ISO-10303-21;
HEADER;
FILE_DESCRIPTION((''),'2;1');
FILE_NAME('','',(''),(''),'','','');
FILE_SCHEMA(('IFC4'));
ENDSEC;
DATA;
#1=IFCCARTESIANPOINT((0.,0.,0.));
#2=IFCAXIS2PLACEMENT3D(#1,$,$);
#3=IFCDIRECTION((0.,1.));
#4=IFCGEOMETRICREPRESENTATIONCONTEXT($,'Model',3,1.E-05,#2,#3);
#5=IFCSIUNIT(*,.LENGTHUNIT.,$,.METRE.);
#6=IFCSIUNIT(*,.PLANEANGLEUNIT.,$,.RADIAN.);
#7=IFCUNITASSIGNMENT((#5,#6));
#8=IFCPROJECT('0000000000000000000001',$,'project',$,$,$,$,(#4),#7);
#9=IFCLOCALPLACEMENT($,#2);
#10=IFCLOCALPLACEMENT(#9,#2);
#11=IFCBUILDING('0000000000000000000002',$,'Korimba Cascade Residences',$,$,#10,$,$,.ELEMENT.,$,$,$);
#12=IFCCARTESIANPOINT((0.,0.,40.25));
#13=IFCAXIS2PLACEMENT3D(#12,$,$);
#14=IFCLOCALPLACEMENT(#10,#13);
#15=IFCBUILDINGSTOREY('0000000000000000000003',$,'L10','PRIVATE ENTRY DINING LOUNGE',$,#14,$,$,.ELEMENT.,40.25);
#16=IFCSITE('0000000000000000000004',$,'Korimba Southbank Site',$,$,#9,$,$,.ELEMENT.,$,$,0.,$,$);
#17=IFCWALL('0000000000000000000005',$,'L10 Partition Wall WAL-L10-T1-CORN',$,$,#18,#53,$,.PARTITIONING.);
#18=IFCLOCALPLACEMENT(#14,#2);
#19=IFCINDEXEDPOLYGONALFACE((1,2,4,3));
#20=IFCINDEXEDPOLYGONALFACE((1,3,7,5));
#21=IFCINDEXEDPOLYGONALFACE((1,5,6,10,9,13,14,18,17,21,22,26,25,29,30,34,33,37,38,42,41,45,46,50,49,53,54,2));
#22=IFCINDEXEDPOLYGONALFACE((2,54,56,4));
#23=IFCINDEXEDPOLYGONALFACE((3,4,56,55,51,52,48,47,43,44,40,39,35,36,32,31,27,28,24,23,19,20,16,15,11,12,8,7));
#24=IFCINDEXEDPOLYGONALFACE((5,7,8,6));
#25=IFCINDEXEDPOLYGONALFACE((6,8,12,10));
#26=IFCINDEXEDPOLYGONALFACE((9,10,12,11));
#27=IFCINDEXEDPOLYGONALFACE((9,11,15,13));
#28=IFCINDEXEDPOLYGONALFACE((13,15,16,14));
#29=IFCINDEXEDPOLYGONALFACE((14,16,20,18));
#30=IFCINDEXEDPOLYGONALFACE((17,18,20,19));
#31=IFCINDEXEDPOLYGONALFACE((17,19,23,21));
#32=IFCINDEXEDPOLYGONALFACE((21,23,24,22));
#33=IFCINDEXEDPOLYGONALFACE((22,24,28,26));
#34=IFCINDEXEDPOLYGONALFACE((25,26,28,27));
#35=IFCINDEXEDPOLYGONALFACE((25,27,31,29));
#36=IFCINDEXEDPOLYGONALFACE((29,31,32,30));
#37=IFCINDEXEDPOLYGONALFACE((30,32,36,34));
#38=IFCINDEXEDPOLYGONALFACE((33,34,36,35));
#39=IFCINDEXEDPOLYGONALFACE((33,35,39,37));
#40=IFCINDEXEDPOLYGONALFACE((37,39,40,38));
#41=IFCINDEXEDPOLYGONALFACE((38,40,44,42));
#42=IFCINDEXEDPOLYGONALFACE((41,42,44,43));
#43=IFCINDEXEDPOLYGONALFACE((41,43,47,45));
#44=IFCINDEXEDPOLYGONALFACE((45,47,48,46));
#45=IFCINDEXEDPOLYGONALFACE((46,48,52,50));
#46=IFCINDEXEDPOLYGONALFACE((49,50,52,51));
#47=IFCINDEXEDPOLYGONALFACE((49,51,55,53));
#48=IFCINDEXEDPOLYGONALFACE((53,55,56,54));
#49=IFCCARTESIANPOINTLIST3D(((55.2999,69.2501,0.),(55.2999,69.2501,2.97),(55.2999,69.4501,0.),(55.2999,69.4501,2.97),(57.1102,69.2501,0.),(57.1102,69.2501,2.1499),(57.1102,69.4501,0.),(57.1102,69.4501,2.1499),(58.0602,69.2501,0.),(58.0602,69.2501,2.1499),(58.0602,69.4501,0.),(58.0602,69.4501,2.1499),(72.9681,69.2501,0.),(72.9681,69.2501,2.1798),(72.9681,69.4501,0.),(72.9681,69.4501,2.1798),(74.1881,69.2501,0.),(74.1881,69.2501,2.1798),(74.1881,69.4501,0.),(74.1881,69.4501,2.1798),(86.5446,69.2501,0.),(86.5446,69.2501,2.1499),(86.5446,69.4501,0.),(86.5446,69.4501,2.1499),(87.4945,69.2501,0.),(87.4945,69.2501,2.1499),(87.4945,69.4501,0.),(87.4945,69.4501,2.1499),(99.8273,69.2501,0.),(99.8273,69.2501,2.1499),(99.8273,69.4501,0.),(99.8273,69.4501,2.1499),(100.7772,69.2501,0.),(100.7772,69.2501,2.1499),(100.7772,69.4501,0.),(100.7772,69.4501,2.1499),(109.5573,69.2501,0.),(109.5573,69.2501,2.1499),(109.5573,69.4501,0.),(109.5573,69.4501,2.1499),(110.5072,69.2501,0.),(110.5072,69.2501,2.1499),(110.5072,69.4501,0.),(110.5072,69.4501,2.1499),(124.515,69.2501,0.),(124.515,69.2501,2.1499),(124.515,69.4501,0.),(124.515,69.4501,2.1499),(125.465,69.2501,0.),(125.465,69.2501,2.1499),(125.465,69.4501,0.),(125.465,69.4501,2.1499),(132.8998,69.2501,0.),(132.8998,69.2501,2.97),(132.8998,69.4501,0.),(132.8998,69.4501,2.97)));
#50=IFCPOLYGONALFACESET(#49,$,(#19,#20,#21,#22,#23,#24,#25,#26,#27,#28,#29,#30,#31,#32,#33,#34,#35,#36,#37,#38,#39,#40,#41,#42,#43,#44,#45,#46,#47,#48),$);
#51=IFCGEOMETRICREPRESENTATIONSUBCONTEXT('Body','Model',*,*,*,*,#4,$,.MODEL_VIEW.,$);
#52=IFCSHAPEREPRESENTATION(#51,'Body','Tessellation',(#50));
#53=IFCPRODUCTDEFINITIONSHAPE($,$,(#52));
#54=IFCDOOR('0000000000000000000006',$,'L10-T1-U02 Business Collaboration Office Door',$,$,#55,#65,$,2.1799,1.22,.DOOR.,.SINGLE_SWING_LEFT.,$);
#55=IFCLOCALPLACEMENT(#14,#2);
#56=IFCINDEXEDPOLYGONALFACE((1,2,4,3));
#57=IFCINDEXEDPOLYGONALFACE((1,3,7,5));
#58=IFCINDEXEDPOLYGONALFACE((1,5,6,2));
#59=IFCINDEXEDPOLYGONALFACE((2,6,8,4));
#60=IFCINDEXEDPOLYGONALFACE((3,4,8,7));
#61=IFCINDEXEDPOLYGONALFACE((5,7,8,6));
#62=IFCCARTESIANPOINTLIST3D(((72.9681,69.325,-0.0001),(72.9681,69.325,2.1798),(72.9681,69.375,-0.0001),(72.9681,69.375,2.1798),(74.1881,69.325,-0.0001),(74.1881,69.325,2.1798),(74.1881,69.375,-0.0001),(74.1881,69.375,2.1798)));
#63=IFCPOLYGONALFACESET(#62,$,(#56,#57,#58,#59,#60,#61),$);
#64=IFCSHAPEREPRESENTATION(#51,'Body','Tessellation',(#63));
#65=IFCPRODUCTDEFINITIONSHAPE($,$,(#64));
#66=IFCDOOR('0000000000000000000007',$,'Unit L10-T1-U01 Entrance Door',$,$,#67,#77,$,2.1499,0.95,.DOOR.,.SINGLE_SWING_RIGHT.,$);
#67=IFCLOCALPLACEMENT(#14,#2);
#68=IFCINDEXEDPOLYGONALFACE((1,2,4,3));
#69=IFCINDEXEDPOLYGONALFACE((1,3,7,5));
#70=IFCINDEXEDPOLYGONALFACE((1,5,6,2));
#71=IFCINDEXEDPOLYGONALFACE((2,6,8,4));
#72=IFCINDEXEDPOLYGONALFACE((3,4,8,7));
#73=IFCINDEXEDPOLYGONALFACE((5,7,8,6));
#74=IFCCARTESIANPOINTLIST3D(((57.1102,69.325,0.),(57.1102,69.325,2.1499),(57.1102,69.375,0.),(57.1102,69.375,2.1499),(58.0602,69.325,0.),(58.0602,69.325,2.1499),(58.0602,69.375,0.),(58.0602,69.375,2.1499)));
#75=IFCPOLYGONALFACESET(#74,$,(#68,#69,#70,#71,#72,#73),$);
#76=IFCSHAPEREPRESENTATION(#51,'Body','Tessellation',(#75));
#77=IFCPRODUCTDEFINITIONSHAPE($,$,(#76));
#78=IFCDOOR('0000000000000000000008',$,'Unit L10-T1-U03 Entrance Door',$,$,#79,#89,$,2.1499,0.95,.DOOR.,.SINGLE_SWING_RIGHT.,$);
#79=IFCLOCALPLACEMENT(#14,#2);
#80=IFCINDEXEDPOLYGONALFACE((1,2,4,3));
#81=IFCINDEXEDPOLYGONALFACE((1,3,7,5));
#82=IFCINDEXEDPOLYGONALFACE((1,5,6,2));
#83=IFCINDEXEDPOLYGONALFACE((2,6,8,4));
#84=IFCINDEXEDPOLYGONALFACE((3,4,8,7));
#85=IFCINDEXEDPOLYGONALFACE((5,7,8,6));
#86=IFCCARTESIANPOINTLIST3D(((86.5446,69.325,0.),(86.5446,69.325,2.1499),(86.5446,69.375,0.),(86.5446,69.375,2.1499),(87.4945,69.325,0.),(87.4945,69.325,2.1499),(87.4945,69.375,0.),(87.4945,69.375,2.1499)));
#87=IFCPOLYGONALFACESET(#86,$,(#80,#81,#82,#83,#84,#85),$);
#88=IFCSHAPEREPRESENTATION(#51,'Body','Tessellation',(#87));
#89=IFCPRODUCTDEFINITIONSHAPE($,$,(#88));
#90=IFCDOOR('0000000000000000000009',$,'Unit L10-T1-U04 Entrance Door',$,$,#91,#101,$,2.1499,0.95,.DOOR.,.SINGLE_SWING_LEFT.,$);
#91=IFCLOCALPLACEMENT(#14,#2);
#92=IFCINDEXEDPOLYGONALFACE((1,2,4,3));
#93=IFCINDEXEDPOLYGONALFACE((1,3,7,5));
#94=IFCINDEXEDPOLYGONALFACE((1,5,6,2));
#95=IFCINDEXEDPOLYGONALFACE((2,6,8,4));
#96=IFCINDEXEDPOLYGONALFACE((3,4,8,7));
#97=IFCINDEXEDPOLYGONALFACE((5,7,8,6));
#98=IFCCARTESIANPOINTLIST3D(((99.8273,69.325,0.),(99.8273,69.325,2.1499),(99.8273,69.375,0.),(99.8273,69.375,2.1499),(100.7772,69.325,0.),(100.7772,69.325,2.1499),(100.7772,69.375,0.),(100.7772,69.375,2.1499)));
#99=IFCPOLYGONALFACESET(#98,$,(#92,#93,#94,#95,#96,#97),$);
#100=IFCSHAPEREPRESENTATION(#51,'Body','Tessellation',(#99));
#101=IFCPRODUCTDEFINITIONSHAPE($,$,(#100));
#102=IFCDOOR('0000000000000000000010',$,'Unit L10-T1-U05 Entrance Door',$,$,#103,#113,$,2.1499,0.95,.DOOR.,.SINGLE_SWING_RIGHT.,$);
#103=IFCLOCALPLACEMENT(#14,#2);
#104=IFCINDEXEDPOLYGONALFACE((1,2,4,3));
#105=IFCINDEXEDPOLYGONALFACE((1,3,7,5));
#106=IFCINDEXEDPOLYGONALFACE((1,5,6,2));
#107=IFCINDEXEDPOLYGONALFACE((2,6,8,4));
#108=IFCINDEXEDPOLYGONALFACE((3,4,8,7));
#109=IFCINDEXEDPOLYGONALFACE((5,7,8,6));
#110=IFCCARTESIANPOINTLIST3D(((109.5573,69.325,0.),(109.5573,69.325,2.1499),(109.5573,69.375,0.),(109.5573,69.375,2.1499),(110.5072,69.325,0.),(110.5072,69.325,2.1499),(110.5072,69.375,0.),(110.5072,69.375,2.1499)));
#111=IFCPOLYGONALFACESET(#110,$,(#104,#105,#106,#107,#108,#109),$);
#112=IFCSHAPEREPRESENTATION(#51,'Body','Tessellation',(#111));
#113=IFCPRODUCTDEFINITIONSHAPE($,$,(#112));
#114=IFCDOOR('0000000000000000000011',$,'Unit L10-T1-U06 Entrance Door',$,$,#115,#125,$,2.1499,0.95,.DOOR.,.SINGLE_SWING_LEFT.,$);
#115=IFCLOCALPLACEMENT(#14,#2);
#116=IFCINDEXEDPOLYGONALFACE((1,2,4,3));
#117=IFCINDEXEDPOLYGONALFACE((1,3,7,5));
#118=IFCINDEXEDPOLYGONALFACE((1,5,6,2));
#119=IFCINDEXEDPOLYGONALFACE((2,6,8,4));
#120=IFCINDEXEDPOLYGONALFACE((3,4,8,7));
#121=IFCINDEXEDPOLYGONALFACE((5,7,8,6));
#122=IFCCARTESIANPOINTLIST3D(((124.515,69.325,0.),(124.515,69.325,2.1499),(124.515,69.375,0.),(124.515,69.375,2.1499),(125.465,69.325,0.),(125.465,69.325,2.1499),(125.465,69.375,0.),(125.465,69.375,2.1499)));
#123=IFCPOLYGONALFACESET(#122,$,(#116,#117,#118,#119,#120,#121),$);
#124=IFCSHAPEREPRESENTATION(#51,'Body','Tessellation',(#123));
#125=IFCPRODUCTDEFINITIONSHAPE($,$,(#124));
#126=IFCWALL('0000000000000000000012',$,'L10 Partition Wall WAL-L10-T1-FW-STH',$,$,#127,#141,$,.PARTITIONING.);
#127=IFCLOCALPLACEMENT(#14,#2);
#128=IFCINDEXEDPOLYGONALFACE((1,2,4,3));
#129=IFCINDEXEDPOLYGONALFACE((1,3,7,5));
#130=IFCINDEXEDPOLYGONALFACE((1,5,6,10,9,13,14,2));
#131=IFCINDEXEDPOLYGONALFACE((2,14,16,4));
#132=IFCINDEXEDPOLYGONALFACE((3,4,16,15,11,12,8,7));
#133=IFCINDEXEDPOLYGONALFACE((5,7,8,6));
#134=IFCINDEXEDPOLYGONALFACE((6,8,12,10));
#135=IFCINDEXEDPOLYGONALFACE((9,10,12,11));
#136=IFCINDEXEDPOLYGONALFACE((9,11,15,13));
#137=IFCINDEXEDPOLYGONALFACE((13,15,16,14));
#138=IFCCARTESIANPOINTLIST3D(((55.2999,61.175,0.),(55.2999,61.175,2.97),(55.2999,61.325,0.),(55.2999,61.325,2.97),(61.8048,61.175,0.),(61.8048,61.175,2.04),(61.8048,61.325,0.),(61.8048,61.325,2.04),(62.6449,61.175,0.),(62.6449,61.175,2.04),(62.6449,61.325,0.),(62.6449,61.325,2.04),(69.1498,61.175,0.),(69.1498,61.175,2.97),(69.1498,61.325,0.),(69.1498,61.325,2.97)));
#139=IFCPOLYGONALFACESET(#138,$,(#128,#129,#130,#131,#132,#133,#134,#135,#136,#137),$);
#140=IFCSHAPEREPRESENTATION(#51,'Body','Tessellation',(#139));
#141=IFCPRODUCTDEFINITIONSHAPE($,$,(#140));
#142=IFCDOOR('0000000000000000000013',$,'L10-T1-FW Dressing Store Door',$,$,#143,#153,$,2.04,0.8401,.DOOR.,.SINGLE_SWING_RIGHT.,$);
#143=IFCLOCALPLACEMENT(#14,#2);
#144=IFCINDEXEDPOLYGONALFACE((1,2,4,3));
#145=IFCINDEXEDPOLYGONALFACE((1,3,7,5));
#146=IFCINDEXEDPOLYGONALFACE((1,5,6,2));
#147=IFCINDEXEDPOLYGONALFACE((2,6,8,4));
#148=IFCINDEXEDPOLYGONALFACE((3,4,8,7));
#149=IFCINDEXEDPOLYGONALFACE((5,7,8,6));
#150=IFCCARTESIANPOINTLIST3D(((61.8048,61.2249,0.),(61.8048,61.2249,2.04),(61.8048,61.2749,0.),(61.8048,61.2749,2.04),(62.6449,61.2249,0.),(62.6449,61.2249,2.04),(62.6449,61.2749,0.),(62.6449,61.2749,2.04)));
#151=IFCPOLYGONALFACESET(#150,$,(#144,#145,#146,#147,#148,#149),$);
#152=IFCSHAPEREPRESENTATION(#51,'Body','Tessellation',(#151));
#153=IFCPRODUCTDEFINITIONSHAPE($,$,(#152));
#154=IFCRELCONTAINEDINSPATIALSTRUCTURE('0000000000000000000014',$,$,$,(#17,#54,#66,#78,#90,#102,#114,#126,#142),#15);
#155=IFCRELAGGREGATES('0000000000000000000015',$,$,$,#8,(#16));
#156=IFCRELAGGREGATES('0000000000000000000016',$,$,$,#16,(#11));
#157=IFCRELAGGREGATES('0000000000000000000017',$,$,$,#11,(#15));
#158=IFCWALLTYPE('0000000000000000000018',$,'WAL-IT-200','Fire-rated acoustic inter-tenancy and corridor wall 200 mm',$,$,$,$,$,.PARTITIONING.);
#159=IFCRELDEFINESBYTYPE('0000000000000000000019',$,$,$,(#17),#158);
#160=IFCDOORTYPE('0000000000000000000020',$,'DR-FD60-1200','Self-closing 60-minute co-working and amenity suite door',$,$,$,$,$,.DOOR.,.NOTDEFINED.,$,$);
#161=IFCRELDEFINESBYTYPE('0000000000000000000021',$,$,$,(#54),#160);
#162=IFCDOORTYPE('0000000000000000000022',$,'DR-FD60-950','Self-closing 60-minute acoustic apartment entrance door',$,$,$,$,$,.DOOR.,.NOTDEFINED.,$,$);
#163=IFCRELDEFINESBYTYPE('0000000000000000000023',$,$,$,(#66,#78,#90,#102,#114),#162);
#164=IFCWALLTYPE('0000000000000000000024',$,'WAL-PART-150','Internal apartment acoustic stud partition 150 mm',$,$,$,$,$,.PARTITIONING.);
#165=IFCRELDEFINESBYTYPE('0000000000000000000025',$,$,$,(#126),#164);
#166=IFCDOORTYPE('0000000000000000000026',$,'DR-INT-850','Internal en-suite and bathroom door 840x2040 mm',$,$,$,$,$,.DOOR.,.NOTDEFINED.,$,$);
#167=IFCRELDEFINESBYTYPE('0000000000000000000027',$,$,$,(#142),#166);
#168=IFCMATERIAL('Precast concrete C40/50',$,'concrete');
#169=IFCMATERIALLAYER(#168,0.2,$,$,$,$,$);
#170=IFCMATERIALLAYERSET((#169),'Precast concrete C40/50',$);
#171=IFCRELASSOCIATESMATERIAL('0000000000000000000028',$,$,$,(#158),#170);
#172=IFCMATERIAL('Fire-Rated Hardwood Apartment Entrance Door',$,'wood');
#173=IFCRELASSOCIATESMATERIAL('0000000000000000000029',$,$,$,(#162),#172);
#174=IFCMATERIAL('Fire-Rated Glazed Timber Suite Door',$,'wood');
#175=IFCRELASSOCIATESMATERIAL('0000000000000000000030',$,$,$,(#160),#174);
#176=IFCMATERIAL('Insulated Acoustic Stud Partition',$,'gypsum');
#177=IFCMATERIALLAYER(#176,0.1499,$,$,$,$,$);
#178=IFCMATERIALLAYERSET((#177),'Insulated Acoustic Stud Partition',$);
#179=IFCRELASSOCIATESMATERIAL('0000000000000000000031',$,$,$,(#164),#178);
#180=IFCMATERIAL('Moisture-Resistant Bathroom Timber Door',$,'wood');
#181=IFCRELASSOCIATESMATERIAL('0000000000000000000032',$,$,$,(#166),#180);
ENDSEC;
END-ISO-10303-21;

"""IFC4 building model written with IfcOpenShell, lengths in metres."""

from ifc_helpers import new_model, si_unit, direction, frame, frame_2d, origin, place, context, subcontext, project, spatial, rectangle, extrude, material, layer, layer_set, type_object, element, fill, save


model = new_model("IFC4")

# Units and contexts
model_context = context("Model", 3, precision=1e-05, world=origin(), true_north=direction((0.0, 1.0)))
body_context = subcontext(model_context, "Body", "Model", "MODEL_VIEW")
ifc_project = project(units=[si_unit("LENGTHUNIT", "METRE"), si_unit("PLANEANGLEUNIT", "RADIAN")], contexts=[model_context])

# Site, building, storey
site_placement = place(None, origin())
site = spatial("IfcSite", under=ifc_project, at=site_placement, Name="Korimba Southbank Site", CompositionType="ELEMENT", RefElevation=0.0)
building_placement = place(site_placement, origin())
building = spatial("IfcBuilding", under=site, at=building_placement, Name="Korimba Cascade Residences", CompositionType="ELEMENT")
storey_placement = place(building_placement, frame((0.0, 0.0, 40.25)))
storey = spatial("IfcBuildingStorey", under=building, at=storey_placement, Name="L10", Description="PRIVATE ENTRY DINING LOUNGE", CompositionType="ELEMENT", Elevation=40.25)

# Shared definitions
ifc_material_1 = material(Name="Precast concrete C40/50", Category="concrete")
ifc_layer_1 = layer(ifc_material_1, 0.2)
ifc_layer_set_1 = layer_set([ifc_layer_1], Name="Precast concrete C40/50")
wall_type_1 = type_object("IfcWallType", Name="WAL-IT-200", Description="Fire-rated acoustic inter-tenancy and corridor wall 200 mm", PredefinedType="PARTITIONING", material=ifc_layer_set_1)
ifc_material_2 = material(Name="Fire-Rated Hardwood Apartment Entrance Door", Category="wood")
door_type_1 = type_object("IfcDoorType", Name="DR-FD60-950", Description="Self-closing 60-minute acoustic apartment entrance door", OperationType="NOTDEFINED", PredefinedType="DOOR", material=ifc_material_2)

# Wall, openings, doors
wall_1_placement = place(storey_placement, frame((55.3, 69.3501, 0.0), z_axis=(0.0, 0.0, 1.0), x_axis=(1.0, 0.0, 0.0)))
wall_1 = element("IfcWall", 1, at=wall_1_placement, inside=storey, type_object=wall_type_1, Name="L10 Partition Wall WAL-L10-T1-CORN", PredefinedType="PARTITIONING", context=body_context, shape_type="SweptSolid", body=[
    extrude(rectangle(XDim=77.5999, YDim=0.2, at=frame_2d((38.7998, 0.0))), origin(), (0.0, 0.0, 1.0), 2.97),
])
opening_1_placement = place(wall_1_placement, frame((1.8101, 0.0, 0.0)))
opening_1 = element("IfcOpeningElement", 2, at=opening_1_placement, cuts=wall_1, PredefinedType="OPENING", context=body_context, shape_type="SweptSolid", body=[
    extrude(rectangle(XDim=0.95, YDim=2.1499, at=frame_2d((0.4751, 1.075))), frame((0.0, 0.1099, 0.0), z_axis=(0.0, -1.0, 0.0), x_axis=(1.0, 0.0, 0.0)), (0.0, 0.0, 1.0), 0.22),
])
opening_2_placement = place(wall_1_placement, frame((17.6682, 0.0, 0.0)))
opening_2 = element("IfcOpeningElement", 3, at=opening_2_placement, cuts=wall_1, PredefinedType="OPENING", context=body_context, shape_type="SweptSolid", body=[
    extrude(rectangle(XDim=1.22, YDim=2.1799, at=frame_2d((0.6099, 1.0898))), frame((0.0, 0.1099, 0.0), z_axis=(0.0, -1.0, 0.0), x_axis=(1.0, 0.0, 0.0)), (0.0, 0.0, 1.0), 0.22),
])
opening_3_placement = place(wall_1_placement, frame((31.2444, 0.0, 0.0)))
opening_3 = element("IfcOpeningElement", 4, at=opening_3_placement, cuts=wall_1, PredefinedType="OPENING", context=body_context, shape_type="SweptSolid", body=[
    extrude(rectangle(XDim=0.95, YDim=2.1499, at=frame_2d((0.4751, 1.075))), frame((0.0, 0.1099, 0.0), z_axis=(0.0, -1.0, 0.0), x_axis=(1.0, 0.0, 0.0)), (0.0, 0.0, 1.0), 0.22),
])
opening_4_placement = place(wall_1_placement, frame((44.5271, 0.0, 0.0)))
opening_4 = element("IfcOpeningElement", 5, at=opening_4_placement, cuts=wall_1, PredefinedType="OPENING", context=body_context, shape_type="SweptSolid", body=[
    extrude(rectangle(XDim=0.95, YDim=2.1499, at=frame_2d((0.4751, 1.075))), frame((0.0, 0.1099, 0.0), z_axis=(0.0, -1.0, 0.0), x_axis=(1.0, 0.0, 0.0)), (0.0, 0.0, 1.0), 0.22),
])
opening_5_placement = place(wall_1_placement, frame((54.2571, 0.0, 0.0)))
opening_5 = element("IfcOpeningElement", 6, at=opening_5_placement, cuts=wall_1, PredefinedType="OPENING", context=body_context, shape_type="SweptSolid", body=[
    extrude(rectangle(XDim=0.95, YDim=2.1499, at=frame_2d((0.4751, 1.075))), frame((0.0, 0.1099, 0.0), z_axis=(0.0, -1.0, 0.0), x_axis=(1.0, 0.0, 0.0)), (0.0, 0.0, 1.0), 0.22),
])
opening_6_placement = place(wall_1_placement, frame((69.2148, 0.0, 0.0)))
opening_6 = element("IfcOpeningElement", 7, at=opening_6_placement, cuts=wall_1, PredefinedType="OPENING", context=body_context, shape_type="SweptSolid", body=[
    extrude(rectangle(XDim=0.95, YDim=2.1499, at=frame_2d((0.4751, 1.075))), frame((0.0, 0.1099, 0.0), z_axis=(0.0, -1.0, 0.0), x_axis=(1.0, 0.0, 0.0)), (0.0, 0.0, 1.0), 0.22),
])
ifc_material_3 = material(Name="Fire-Rated Glazed Timber Suite Door", Category="wood")
door_type_2 = type_object("IfcDoorType", Name="DR-FD60-1200", Description="Self-closing 60-minute co-working and amenity suite door", OperationType="NOTDEFINED", PredefinedType="DOOR", material=ifc_material_3)
door_1_placement = place(opening_2_placement, origin())
door_1 = element("IfcDoor", 8, at=door_1_placement, inside=storey, type_object=door_type_2, Name="L10-T1-U02 Business Collaboration Office Door", OperationType="SINGLE_SWING_LEFT", OverallHeight=2.1799, OverallWidth=1.22, PredefinedType="DOOR", context=body_context, shape_type="SweptSolid", body=[
    extrude(rectangle(XDim=1.22, YDim=2.1799, at=frame_2d((0.6099, 1.0898))), frame((0.0, 0.0249, 0.0), z_axis=(0.0, -1.0, 0.0), x_axis=(1.0, 0.0, 0.0)), (0.0, 0.0, 1.0), 0.05),
])
fill(opening_2, door_1)
door_2_placement = place(opening_1_placement, origin())
door_2 = element("IfcDoor", 9, at=door_2_placement, inside=storey, type_object=door_type_1, Name="Unit L10-T1-U01 Entrance Door", OperationType="SINGLE_SWING_RIGHT", OverallHeight=2.1499, OverallWidth=0.95, PredefinedType="DOOR", context=body_context, shape_type="SweptSolid", body=[
    extrude(rectangle(XDim=0.95, YDim=2.1499, at=frame_2d((0.4751, 1.075))), frame((0.0, 0.0249, 0.0), z_axis=(0.0, -1.0, 0.0), x_axis=(1.0, 0.0, 0.0)), (0.0, 0.0, 1.0), 0.05),
])
fill(opening_1, door_2)
door_3_placement = place(opening_3_placement, origin())
door_3 = element("IfcDoor", 10, at=door_3_placement, inside=storey, type_object=door_type_1, Name="Unit L10-T1-U03 Entrance Door", OperationType="SINGLE_SWING_RIGHT", OverallHeight=2.1499, OverallWidth=0.95, PredefinedType="DOOR", context=body_context, shape_type="SweptSolid", body=[
    extrude(rectangle(XDim=0.95, YDim=2.1499, at=frame_2d((0.4751, 1.075))), frame((0.0, 0.0249, 0.0), z_axis=(0.0, -1.0, 0.0), x_axis=(1.0, 0.0, 0.0)), (0.0, 0.0, 1.0), 0.05),
])
fill(opening_3, door_3)
door_4_placement = place(opening_4_placement, origin())
door_4 = element("IfcDoor", 11, at=door_4_placement, inside=storey, type_object=door_type_1, Name="Unit L10-T1-U04 Entrance Door", OperationType="SINGLE_SWING_LEFT", OverallHeight=2.1499, OverallWidth=0.95, PredefinedType="DOOR", context=body_context, shape_type="SweptSolid", body=[
    extrude(rectangle(XDim=0.95, YDim=2.1499, at=frame_2d((0.4751, 1.075))), frame((0.0, 0.0249, 0.0), z_axis=(0.0, -1.0, 0.0), x_axis=(1.0, 0.0, 0.0)), (0.0, 0.0, 1.0), 0.05),
])
fill(opening_4, door_4)
door_5_placement = place(opening_5_placement, origin())
door_5 = element("IfcDoor", 12, at=door_5_placement, inside=storey, type_object=door_type_1, Name="Unit L10-T1-U05 Entrance Door", OperationType="SINGLE_SWING_RIGHT", OverallHeight=2.1499, OverallWidth=0.95, PredefinedType="DOOR", context=body_context, shape_type="SweptSolid", body=[
    extrude(rectangle(XDim=0.95, YDim=2.1499, at=frame_2d((0.4751, 1.075))), frame((0.0, 0.0249, 0.0), z_axis=(0.0, -1.0, 0.0), x_axis=(1.0, 0.0, 0.0)), (0.0, 0.0, 1.0), 0.05),
])
fill(opening_5, door_5)
door_6_placement = place(opening_6_placement, origin())
door_6 = element("IfcDoor", 13, at=door_6_placement, inside=storey, type_object=door_type_1, Name="Unit L10-T1-U06 Entrance Door", OperationType="SINGLE_SWING_LEFT", OverallHeight=2.1499, OverallWidth=0.95, PredefinedType="DOOR", context=body_context, shape_type="SweptSolid", body=[
    extrude(rectangle(XDim=0.95, YDim=2.1499, at=frame_2d((0.4751, 1.075))), frame((0.0, 0.0249, 0.0), z_axis=(0.0, -1.0, 0.0), x_axis=(1.0, 0.0, 0.0)), (0.0, 0.0, 1.0), 0.05),
])
fill(opening_6, door_6)

# Wall, opening, door
ifc_material_4 = material(Name="Insulated Acoustic Stud Partition", Category="gypsum")
ifc_layer_2 = layer(ifc_material_4, 0.1499)
ifc_layer_set_2 = layer_set([ifc_layer_2], Name="Insulated Acoustic Stud Partition")
wall_type_2 = type_object("IfcWallType", Name="WAL-PART-150", Description="Internal apartment acoustic stud partition 150 mm", PredefinedType="PARTITIONING", material=ifc_layer_set_2)
wall_2_placement = place(storey_placement, frame((55.3, 61.25, 0.0), z_axis=(0.0, 0.0, 1.0), x_axis=(1.0, 0.0, 0.0)))
wall_2 = element("IfcWall", 14, at=wall_2_placement, inside=storey, type_object=wall_type_2, Name="L10 Partition Wall WAL-L10-T1-FW-STH", PredefinedType="PARTITIONING", context=body_context, shape_type="SweptSolid", body=[
    extrude(rectangle(XDim=13.8499, YDim=0.1499, at=frame_2d((6.9248, 0.0))), origin(), (0.0, 0.0, 1.0), 2.97),
])
opening_7_placement = place(wall_2_placement, frame((6.5049, 0.0, 0.0)))
opening_7 = element("IfcOpeningElement", 15, at=opening_7_placement, cuts=wall_2, PredefinedType="OPENING", context=body_context, shape_type="SweptSolid", body=[
    extrude(rectangle(XDim=0.8401, YDim=2.04, at=frame_2d((0.4199, 1.02))), frame((0.0, 0.085, 0.0), z_axis=(0.0, -1.0, 0.0), x_axis=(1.0, 0.0, 0.0)), (0.0, 0.0, 1.0), 0.1699),
])
ifc_material_5 = material(Name="Moisture-Resistant Bathroom Timber Door", Category="wood")
door_type_3 = type_object("IfcDoorType", Name="DR-INT-850", Description="Internal en-suite and bathroom door 840x2040 mm", OperationType="NOTDEFINED", PredefinedType="DOOR", material=ifc_material_5)
door_7_placement = place(opening_7_placement, origin())
door_7 = element("IfcDoor", 16, at=door_7_placement, inside=storey, type_object=door_type_3, Name="L10-T1-FW Dressing Store Door", OperationType="SINGLE_SWING_RIGHT", OverallHeight=2.04, OverallWidth=0.8401, PredefinedType="DOOR", context=body_context, shape_type="SweptSolid", body=[
    extrude(rectangle(XDim=0.8401, YDim=2.04, at=frame_2d((0.4199, 1.02))), frame((0.0, 0.0249, 0.0), z_axis=(0.0, -1.0, 0.0), x_axis=(1.0, 0.0, 0.0)), (0.0, 0.0, 1.0), 0.05),
])
fill(opening_7, door_7)

save(model, "model.ifc")
